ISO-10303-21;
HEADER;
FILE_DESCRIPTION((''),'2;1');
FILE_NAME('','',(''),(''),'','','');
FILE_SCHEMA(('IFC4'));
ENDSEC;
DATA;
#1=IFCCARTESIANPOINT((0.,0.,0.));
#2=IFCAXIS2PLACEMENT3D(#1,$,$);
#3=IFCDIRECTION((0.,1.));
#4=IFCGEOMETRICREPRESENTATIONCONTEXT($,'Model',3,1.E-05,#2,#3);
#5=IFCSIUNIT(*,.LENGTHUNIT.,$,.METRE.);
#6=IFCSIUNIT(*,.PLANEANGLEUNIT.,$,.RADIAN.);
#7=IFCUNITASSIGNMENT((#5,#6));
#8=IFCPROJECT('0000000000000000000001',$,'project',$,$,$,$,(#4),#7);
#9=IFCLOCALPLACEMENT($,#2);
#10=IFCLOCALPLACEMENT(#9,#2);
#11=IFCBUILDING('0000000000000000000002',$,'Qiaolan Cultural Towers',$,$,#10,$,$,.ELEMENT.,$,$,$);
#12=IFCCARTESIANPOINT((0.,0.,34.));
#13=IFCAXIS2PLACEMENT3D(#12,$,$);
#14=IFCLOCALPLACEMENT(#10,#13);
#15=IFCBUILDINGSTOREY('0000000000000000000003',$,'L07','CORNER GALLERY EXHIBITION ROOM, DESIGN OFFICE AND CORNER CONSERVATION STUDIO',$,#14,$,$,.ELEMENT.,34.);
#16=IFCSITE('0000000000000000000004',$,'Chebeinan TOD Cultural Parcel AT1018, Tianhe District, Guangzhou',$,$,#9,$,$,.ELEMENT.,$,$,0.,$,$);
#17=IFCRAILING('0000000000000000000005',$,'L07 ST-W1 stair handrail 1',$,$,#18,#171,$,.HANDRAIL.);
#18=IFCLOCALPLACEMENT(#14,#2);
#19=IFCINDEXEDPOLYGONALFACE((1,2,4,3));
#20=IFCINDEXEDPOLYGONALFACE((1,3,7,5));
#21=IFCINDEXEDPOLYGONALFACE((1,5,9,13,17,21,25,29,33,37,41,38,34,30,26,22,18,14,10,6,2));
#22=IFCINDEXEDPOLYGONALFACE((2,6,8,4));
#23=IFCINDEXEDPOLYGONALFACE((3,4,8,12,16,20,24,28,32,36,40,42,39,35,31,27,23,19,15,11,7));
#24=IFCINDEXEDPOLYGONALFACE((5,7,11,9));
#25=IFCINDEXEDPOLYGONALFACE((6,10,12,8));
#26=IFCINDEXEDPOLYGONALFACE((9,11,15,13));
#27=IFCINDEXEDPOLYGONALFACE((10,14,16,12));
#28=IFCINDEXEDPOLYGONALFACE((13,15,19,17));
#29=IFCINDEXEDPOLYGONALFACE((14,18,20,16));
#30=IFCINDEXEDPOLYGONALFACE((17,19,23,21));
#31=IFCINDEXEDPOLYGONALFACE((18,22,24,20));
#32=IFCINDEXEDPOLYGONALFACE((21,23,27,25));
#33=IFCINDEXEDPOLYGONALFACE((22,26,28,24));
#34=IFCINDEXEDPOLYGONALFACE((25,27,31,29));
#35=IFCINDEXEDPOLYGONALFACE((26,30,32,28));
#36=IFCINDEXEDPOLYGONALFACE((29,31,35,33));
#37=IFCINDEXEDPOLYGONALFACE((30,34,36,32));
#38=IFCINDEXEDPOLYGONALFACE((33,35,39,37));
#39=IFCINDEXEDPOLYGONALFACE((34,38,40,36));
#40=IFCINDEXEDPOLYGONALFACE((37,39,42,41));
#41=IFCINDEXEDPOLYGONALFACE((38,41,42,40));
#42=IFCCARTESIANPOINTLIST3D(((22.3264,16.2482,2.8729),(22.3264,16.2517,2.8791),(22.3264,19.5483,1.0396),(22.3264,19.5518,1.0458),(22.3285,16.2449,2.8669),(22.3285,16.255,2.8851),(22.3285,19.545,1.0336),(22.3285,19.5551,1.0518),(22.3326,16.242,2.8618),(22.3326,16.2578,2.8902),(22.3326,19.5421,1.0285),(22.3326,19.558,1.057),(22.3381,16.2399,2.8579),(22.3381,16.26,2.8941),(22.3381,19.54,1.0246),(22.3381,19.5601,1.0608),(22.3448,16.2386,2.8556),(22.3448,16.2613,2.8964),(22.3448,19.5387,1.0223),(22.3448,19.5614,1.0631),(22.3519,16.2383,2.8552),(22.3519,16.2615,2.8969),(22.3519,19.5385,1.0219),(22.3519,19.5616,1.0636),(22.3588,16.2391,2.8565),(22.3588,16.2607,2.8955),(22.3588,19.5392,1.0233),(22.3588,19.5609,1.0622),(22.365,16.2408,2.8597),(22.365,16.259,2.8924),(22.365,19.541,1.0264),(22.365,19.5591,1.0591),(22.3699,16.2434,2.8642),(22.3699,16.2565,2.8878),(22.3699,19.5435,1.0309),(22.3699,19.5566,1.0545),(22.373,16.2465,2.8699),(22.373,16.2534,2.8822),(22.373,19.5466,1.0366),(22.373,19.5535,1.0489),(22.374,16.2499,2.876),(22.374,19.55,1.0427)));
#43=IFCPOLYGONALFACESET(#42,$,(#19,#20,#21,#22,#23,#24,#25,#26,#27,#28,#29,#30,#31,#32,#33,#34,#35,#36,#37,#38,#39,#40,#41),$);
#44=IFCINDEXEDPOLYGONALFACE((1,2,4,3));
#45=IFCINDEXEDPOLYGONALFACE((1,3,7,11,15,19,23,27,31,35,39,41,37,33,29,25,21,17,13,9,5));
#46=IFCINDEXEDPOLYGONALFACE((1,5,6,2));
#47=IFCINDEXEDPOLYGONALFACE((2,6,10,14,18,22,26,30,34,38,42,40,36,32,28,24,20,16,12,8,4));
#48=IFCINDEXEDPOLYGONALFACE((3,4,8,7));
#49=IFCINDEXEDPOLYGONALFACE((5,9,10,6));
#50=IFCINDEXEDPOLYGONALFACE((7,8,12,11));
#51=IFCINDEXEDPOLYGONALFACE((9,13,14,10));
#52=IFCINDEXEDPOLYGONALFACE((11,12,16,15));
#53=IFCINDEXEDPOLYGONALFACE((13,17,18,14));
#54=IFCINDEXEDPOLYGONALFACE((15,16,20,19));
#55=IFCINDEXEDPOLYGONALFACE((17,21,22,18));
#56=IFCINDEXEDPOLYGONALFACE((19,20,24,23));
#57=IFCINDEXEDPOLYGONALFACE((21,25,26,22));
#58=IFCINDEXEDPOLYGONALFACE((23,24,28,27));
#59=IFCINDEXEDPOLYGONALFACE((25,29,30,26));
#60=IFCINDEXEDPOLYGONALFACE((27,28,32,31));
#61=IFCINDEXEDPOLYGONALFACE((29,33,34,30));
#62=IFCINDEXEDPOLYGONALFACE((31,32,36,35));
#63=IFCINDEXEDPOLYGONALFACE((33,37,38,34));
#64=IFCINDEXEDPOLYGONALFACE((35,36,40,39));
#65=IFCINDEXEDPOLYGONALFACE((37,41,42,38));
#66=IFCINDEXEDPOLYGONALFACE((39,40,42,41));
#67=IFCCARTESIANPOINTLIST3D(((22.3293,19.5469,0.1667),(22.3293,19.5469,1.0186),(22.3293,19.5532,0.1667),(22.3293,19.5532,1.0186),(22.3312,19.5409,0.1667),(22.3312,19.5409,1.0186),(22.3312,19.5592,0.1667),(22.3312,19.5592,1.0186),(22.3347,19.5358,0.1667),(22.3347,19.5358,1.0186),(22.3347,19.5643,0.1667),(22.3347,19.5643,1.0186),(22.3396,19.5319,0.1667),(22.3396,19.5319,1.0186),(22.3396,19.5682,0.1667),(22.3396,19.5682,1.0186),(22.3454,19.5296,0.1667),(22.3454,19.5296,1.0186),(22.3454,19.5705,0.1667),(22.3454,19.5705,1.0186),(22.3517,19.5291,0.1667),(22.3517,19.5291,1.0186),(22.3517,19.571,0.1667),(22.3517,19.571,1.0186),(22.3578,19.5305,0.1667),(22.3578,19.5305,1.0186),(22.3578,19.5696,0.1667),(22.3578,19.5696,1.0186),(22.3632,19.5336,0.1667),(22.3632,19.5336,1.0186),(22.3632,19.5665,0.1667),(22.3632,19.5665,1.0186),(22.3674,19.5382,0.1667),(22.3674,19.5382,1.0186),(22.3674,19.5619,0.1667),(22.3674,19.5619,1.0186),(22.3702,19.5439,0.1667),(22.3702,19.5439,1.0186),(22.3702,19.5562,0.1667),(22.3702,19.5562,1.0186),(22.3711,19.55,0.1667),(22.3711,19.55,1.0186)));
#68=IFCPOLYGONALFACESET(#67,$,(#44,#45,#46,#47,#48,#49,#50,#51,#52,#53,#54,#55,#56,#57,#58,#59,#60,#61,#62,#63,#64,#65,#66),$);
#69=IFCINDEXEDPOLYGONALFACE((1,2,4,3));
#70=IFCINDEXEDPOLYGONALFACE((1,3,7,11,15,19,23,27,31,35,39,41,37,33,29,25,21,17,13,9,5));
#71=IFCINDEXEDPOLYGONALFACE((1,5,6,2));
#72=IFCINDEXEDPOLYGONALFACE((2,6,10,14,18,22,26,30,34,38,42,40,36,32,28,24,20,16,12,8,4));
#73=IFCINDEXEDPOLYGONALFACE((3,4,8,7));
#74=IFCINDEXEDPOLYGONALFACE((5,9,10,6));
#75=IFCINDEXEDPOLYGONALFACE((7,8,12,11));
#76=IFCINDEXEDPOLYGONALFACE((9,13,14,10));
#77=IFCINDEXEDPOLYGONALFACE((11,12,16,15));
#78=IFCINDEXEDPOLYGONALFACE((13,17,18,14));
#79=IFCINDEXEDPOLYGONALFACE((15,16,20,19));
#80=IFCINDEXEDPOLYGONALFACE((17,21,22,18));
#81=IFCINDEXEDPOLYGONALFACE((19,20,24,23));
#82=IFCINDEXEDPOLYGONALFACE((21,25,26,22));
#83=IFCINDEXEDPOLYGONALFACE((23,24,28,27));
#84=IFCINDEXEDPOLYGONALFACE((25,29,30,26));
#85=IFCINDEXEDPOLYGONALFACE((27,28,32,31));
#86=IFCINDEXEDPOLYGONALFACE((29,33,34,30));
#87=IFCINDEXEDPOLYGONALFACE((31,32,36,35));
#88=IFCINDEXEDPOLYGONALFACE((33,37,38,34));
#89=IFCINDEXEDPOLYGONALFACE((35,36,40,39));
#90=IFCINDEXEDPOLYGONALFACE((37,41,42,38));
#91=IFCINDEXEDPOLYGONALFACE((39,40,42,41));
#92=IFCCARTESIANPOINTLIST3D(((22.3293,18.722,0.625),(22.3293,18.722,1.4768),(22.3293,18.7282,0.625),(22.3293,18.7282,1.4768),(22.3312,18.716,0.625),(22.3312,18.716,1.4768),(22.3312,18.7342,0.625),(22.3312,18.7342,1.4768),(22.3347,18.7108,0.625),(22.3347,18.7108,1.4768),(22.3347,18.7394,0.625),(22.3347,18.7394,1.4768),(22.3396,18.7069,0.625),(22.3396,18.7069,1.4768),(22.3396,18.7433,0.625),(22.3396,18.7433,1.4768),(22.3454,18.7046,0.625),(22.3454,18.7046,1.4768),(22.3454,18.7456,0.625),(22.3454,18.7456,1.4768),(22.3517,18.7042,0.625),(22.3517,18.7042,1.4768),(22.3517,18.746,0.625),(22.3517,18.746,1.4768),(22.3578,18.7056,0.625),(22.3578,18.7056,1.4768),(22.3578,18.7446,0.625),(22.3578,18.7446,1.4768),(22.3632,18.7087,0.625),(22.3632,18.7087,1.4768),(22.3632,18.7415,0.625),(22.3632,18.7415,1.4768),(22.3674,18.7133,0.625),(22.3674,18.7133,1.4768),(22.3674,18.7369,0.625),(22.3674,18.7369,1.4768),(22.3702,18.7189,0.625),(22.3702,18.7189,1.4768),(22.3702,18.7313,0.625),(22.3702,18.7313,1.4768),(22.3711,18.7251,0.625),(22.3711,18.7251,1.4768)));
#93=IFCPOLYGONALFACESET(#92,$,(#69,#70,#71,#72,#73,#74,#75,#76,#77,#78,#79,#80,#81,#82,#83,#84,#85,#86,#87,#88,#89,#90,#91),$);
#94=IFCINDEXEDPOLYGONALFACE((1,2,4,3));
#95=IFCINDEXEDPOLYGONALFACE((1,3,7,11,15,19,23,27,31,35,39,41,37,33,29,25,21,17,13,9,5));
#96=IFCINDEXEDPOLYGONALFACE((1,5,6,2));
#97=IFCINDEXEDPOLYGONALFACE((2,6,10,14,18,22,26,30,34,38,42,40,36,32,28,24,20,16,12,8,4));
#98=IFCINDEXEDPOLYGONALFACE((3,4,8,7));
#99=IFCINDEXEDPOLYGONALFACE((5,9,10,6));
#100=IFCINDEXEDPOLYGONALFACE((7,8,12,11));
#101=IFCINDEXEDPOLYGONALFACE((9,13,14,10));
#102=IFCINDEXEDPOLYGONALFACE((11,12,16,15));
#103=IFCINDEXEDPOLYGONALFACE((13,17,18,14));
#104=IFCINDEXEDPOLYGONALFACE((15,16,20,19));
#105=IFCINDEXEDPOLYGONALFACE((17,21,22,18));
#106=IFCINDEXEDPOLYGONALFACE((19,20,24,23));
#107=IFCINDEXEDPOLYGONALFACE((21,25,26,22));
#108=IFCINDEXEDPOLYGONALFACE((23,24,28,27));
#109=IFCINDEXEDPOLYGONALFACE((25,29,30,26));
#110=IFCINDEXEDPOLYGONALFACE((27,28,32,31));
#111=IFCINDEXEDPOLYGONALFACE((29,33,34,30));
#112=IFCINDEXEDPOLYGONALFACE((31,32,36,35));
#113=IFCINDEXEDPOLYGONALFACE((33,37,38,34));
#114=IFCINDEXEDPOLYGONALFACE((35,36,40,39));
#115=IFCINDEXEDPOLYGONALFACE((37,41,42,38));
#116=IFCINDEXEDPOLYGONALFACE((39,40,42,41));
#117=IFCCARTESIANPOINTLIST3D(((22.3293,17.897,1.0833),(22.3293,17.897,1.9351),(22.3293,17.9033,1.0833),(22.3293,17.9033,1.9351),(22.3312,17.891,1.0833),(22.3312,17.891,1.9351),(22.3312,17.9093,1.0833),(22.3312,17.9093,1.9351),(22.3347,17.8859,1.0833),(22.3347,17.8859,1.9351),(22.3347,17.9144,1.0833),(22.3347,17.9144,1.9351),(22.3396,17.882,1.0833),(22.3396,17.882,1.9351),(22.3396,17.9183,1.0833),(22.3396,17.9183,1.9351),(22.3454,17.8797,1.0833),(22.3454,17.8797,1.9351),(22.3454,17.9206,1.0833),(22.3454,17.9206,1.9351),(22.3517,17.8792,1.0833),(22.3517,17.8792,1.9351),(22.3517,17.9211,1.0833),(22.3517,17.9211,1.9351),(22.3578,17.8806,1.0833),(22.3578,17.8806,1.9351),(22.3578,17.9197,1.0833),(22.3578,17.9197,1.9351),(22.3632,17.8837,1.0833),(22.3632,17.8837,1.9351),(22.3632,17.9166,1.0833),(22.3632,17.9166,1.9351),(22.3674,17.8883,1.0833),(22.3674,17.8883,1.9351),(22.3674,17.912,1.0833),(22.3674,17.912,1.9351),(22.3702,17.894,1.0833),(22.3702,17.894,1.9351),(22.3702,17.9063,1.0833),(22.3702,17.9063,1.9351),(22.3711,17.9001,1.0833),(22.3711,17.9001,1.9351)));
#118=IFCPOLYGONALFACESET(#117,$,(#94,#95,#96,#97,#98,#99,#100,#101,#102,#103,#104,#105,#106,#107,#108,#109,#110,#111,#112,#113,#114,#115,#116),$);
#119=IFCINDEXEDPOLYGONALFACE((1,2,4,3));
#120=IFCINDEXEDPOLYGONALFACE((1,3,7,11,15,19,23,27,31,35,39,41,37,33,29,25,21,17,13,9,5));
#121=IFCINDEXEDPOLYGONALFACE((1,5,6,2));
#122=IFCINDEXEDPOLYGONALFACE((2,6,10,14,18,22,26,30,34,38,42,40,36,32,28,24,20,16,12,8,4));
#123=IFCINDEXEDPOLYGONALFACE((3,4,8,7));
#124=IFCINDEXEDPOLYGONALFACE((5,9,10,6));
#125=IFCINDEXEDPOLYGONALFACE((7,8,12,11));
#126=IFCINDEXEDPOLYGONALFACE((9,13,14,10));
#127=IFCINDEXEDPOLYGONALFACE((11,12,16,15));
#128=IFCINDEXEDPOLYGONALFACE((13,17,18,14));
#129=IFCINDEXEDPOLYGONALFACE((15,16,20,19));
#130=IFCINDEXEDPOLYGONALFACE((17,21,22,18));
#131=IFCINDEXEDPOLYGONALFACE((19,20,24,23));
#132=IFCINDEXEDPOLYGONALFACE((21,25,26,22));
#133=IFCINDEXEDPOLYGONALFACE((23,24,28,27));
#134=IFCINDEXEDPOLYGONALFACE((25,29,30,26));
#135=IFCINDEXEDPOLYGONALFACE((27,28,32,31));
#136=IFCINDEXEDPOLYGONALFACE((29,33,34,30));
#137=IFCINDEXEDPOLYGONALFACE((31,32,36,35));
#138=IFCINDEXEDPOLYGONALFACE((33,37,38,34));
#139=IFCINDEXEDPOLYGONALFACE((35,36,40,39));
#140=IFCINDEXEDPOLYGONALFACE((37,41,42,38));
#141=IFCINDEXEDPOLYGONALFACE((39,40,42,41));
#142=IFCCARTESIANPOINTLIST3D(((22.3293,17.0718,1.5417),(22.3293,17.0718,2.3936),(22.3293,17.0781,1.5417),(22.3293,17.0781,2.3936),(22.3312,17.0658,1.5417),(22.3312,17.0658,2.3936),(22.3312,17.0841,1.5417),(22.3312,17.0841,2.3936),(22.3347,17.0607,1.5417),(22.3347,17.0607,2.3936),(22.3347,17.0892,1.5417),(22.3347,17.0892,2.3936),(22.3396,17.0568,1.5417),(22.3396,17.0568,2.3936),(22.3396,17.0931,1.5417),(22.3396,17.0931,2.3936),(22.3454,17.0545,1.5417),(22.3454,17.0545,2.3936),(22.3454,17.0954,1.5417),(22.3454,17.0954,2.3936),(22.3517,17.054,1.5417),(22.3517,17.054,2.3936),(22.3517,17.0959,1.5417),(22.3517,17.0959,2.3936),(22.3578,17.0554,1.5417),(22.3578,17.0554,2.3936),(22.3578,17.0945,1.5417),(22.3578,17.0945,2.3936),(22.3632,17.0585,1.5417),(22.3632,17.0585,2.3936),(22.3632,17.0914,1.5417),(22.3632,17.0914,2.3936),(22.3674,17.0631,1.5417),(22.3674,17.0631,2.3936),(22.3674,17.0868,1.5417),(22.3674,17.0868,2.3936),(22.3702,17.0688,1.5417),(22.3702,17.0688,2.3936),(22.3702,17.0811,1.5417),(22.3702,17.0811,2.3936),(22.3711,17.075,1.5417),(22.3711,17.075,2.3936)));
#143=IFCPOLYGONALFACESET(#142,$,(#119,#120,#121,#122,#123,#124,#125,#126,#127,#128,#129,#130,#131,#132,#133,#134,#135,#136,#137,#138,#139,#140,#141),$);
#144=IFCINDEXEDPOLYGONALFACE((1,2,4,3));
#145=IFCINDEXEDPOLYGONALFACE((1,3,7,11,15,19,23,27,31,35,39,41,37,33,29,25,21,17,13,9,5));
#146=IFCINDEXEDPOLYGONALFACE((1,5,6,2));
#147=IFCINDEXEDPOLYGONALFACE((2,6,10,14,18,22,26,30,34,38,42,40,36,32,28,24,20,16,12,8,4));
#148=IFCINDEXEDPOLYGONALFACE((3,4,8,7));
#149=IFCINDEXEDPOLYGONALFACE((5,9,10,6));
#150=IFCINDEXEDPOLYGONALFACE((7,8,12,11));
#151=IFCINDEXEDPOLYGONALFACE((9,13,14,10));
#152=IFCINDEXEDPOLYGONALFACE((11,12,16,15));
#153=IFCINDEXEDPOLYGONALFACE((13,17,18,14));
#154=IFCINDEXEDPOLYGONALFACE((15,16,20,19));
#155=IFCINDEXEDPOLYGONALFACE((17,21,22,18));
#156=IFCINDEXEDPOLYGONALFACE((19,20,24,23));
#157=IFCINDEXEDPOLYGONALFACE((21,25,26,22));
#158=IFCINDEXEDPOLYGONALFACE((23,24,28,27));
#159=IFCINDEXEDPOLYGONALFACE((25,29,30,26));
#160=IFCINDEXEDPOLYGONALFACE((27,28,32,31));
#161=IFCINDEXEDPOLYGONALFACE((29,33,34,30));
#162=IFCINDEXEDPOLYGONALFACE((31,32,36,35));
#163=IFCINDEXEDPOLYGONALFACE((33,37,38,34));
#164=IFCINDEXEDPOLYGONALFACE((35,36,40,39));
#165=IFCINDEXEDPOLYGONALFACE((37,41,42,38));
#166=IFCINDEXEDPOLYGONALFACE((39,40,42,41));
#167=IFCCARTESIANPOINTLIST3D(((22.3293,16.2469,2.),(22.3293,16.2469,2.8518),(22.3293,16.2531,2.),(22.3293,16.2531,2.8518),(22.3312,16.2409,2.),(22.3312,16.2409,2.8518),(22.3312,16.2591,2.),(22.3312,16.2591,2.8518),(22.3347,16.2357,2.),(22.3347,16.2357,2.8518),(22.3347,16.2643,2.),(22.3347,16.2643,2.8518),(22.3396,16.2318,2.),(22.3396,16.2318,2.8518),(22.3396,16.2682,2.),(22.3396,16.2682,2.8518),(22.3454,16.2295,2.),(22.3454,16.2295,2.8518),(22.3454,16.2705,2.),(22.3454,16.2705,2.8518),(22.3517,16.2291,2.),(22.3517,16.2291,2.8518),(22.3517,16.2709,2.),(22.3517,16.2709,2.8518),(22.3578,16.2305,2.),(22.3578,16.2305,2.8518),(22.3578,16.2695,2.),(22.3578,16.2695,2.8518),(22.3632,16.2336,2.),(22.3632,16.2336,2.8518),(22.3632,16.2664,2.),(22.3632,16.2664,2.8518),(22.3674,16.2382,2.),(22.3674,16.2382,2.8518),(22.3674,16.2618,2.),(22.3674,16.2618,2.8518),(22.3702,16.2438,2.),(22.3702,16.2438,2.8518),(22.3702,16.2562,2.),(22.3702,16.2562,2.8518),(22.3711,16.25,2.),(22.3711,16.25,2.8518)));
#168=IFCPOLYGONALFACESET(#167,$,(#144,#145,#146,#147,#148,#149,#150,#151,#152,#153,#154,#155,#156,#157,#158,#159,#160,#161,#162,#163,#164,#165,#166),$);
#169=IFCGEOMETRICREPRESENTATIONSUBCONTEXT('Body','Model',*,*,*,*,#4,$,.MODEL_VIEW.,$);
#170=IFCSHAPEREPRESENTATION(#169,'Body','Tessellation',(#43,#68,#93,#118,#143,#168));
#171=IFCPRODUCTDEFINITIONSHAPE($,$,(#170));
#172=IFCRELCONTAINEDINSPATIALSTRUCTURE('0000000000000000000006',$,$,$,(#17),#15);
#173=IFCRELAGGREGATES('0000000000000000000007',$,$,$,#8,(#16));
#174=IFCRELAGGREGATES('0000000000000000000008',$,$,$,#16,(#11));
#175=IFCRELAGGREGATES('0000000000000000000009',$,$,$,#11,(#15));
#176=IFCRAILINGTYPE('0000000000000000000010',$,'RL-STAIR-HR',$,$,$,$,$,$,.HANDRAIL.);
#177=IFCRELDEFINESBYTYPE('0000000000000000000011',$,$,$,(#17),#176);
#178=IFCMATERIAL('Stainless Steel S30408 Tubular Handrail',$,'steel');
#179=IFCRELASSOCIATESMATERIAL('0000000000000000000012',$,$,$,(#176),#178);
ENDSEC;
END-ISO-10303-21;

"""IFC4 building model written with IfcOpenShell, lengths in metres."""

from ifc_helpers import new_model, si_unit, direction, frame, origin, origin_2d, place, context, subcontext, project, spatial, circle, extrude, material, type_object, element, save


model = new_model("IFC4")

# Units and contexts
model_context = context("Model", 3, precision=1e-05, world=origin(), true_north=direction((0.0, 1.0)))
body_context = subcontext(model_context, "Body", "Model", "MODEL_VIEW")
ifc_project = project(units=[si_unit("LENGTHUNIT", "METRE"), si_unit("PLANEANGLEUNIT", "RADIAN")], contexts=[model_context])

# Site, building, storey
site_placement = place(None, origin())
site = spatial("IfcSite", under=ifc_project, at=site_placement, Name="Chebeinan TOD Cultural Parcel AT1018, Tianhe District, Guangzhou", CompositionType="ELEMENT", RefElevation=0.0)
building_placement = place(site_placement, origin())
building = spatial("IfcBuilding", under=site, at=building_placement, Name="Qiaolan Cultural Towers", CompositionType="ELEMENT")
storey_placement = place(building_placement, frame((0.0, 0.0, 34.0)))
storey = spatial("IfcBuildingStorey", under=building, at=storey_placement, Name="L07", Description="CORNER GALLERY EXHIBITION ROOM, DESIGN OFFICE AND CORNER CONSERVATION STUDIO", CompositionType="ELEMENT", Elevation=34.0)

# Railing
ifc_material_1 = material(Name="Stainless Steel S30408 Tubular Handrail", Category="steel")
railing_type_1 = type_object("IfcRailingType", Name="RL-STAIR-HR", PredefinedType="HANDRAIL", material=ifc_material_1)
railing_1_placement = place(storey_placement, frame((22.3501, 19.55, 0.1667)))
element("IfcRailing", 1, at=railing_1_placement, inside=storey, type_object=railing_type_1, Name="L07 ST-W1 stair handrail 1", PredefinedType="HANDRAIL", context=body_context, shape_type="SweptSolid", body=[
    extrude(circle(Radius=0.0239, at=origin_2d()), frame((0.0, 0.0, 0.876), z_axis=(0.0, -0.874169, 0.485621), x_axis=(1.0, 0.0, 0.0)), (0.0, 0.0, 1.0), 3.7751),
    extrude(circle(Radius=0.021, at=origin_2d()), origin(), (0.0, 0.0, 1.0), 0.8518),
    extrude(circle(Radius=0.021, at=origin_2d()), frame((0.0, -0.825, 0.4583)), (0.0, 0.0, 1.0), 0.8518),
    extrude(circle(Radius=0.021, at=origin_2d()), frame((0.0, -1.6499, 0.9165)), (0.0, 0.0, 1.0), 0.8518),
    extrude(circle(Radius=0.021, at=origin_2d()), frame((0.0, -2.4751, 1.375)), (0.0, 0.0, 1.0), 0.8518),
    extrude(circle(Radius=0.021, at=origin_2d()), frame((0.0, -3.3, 1.8333)), (0.0, 0.0, 1.0), 0.8518),
])

save(model, "model.ifc")
